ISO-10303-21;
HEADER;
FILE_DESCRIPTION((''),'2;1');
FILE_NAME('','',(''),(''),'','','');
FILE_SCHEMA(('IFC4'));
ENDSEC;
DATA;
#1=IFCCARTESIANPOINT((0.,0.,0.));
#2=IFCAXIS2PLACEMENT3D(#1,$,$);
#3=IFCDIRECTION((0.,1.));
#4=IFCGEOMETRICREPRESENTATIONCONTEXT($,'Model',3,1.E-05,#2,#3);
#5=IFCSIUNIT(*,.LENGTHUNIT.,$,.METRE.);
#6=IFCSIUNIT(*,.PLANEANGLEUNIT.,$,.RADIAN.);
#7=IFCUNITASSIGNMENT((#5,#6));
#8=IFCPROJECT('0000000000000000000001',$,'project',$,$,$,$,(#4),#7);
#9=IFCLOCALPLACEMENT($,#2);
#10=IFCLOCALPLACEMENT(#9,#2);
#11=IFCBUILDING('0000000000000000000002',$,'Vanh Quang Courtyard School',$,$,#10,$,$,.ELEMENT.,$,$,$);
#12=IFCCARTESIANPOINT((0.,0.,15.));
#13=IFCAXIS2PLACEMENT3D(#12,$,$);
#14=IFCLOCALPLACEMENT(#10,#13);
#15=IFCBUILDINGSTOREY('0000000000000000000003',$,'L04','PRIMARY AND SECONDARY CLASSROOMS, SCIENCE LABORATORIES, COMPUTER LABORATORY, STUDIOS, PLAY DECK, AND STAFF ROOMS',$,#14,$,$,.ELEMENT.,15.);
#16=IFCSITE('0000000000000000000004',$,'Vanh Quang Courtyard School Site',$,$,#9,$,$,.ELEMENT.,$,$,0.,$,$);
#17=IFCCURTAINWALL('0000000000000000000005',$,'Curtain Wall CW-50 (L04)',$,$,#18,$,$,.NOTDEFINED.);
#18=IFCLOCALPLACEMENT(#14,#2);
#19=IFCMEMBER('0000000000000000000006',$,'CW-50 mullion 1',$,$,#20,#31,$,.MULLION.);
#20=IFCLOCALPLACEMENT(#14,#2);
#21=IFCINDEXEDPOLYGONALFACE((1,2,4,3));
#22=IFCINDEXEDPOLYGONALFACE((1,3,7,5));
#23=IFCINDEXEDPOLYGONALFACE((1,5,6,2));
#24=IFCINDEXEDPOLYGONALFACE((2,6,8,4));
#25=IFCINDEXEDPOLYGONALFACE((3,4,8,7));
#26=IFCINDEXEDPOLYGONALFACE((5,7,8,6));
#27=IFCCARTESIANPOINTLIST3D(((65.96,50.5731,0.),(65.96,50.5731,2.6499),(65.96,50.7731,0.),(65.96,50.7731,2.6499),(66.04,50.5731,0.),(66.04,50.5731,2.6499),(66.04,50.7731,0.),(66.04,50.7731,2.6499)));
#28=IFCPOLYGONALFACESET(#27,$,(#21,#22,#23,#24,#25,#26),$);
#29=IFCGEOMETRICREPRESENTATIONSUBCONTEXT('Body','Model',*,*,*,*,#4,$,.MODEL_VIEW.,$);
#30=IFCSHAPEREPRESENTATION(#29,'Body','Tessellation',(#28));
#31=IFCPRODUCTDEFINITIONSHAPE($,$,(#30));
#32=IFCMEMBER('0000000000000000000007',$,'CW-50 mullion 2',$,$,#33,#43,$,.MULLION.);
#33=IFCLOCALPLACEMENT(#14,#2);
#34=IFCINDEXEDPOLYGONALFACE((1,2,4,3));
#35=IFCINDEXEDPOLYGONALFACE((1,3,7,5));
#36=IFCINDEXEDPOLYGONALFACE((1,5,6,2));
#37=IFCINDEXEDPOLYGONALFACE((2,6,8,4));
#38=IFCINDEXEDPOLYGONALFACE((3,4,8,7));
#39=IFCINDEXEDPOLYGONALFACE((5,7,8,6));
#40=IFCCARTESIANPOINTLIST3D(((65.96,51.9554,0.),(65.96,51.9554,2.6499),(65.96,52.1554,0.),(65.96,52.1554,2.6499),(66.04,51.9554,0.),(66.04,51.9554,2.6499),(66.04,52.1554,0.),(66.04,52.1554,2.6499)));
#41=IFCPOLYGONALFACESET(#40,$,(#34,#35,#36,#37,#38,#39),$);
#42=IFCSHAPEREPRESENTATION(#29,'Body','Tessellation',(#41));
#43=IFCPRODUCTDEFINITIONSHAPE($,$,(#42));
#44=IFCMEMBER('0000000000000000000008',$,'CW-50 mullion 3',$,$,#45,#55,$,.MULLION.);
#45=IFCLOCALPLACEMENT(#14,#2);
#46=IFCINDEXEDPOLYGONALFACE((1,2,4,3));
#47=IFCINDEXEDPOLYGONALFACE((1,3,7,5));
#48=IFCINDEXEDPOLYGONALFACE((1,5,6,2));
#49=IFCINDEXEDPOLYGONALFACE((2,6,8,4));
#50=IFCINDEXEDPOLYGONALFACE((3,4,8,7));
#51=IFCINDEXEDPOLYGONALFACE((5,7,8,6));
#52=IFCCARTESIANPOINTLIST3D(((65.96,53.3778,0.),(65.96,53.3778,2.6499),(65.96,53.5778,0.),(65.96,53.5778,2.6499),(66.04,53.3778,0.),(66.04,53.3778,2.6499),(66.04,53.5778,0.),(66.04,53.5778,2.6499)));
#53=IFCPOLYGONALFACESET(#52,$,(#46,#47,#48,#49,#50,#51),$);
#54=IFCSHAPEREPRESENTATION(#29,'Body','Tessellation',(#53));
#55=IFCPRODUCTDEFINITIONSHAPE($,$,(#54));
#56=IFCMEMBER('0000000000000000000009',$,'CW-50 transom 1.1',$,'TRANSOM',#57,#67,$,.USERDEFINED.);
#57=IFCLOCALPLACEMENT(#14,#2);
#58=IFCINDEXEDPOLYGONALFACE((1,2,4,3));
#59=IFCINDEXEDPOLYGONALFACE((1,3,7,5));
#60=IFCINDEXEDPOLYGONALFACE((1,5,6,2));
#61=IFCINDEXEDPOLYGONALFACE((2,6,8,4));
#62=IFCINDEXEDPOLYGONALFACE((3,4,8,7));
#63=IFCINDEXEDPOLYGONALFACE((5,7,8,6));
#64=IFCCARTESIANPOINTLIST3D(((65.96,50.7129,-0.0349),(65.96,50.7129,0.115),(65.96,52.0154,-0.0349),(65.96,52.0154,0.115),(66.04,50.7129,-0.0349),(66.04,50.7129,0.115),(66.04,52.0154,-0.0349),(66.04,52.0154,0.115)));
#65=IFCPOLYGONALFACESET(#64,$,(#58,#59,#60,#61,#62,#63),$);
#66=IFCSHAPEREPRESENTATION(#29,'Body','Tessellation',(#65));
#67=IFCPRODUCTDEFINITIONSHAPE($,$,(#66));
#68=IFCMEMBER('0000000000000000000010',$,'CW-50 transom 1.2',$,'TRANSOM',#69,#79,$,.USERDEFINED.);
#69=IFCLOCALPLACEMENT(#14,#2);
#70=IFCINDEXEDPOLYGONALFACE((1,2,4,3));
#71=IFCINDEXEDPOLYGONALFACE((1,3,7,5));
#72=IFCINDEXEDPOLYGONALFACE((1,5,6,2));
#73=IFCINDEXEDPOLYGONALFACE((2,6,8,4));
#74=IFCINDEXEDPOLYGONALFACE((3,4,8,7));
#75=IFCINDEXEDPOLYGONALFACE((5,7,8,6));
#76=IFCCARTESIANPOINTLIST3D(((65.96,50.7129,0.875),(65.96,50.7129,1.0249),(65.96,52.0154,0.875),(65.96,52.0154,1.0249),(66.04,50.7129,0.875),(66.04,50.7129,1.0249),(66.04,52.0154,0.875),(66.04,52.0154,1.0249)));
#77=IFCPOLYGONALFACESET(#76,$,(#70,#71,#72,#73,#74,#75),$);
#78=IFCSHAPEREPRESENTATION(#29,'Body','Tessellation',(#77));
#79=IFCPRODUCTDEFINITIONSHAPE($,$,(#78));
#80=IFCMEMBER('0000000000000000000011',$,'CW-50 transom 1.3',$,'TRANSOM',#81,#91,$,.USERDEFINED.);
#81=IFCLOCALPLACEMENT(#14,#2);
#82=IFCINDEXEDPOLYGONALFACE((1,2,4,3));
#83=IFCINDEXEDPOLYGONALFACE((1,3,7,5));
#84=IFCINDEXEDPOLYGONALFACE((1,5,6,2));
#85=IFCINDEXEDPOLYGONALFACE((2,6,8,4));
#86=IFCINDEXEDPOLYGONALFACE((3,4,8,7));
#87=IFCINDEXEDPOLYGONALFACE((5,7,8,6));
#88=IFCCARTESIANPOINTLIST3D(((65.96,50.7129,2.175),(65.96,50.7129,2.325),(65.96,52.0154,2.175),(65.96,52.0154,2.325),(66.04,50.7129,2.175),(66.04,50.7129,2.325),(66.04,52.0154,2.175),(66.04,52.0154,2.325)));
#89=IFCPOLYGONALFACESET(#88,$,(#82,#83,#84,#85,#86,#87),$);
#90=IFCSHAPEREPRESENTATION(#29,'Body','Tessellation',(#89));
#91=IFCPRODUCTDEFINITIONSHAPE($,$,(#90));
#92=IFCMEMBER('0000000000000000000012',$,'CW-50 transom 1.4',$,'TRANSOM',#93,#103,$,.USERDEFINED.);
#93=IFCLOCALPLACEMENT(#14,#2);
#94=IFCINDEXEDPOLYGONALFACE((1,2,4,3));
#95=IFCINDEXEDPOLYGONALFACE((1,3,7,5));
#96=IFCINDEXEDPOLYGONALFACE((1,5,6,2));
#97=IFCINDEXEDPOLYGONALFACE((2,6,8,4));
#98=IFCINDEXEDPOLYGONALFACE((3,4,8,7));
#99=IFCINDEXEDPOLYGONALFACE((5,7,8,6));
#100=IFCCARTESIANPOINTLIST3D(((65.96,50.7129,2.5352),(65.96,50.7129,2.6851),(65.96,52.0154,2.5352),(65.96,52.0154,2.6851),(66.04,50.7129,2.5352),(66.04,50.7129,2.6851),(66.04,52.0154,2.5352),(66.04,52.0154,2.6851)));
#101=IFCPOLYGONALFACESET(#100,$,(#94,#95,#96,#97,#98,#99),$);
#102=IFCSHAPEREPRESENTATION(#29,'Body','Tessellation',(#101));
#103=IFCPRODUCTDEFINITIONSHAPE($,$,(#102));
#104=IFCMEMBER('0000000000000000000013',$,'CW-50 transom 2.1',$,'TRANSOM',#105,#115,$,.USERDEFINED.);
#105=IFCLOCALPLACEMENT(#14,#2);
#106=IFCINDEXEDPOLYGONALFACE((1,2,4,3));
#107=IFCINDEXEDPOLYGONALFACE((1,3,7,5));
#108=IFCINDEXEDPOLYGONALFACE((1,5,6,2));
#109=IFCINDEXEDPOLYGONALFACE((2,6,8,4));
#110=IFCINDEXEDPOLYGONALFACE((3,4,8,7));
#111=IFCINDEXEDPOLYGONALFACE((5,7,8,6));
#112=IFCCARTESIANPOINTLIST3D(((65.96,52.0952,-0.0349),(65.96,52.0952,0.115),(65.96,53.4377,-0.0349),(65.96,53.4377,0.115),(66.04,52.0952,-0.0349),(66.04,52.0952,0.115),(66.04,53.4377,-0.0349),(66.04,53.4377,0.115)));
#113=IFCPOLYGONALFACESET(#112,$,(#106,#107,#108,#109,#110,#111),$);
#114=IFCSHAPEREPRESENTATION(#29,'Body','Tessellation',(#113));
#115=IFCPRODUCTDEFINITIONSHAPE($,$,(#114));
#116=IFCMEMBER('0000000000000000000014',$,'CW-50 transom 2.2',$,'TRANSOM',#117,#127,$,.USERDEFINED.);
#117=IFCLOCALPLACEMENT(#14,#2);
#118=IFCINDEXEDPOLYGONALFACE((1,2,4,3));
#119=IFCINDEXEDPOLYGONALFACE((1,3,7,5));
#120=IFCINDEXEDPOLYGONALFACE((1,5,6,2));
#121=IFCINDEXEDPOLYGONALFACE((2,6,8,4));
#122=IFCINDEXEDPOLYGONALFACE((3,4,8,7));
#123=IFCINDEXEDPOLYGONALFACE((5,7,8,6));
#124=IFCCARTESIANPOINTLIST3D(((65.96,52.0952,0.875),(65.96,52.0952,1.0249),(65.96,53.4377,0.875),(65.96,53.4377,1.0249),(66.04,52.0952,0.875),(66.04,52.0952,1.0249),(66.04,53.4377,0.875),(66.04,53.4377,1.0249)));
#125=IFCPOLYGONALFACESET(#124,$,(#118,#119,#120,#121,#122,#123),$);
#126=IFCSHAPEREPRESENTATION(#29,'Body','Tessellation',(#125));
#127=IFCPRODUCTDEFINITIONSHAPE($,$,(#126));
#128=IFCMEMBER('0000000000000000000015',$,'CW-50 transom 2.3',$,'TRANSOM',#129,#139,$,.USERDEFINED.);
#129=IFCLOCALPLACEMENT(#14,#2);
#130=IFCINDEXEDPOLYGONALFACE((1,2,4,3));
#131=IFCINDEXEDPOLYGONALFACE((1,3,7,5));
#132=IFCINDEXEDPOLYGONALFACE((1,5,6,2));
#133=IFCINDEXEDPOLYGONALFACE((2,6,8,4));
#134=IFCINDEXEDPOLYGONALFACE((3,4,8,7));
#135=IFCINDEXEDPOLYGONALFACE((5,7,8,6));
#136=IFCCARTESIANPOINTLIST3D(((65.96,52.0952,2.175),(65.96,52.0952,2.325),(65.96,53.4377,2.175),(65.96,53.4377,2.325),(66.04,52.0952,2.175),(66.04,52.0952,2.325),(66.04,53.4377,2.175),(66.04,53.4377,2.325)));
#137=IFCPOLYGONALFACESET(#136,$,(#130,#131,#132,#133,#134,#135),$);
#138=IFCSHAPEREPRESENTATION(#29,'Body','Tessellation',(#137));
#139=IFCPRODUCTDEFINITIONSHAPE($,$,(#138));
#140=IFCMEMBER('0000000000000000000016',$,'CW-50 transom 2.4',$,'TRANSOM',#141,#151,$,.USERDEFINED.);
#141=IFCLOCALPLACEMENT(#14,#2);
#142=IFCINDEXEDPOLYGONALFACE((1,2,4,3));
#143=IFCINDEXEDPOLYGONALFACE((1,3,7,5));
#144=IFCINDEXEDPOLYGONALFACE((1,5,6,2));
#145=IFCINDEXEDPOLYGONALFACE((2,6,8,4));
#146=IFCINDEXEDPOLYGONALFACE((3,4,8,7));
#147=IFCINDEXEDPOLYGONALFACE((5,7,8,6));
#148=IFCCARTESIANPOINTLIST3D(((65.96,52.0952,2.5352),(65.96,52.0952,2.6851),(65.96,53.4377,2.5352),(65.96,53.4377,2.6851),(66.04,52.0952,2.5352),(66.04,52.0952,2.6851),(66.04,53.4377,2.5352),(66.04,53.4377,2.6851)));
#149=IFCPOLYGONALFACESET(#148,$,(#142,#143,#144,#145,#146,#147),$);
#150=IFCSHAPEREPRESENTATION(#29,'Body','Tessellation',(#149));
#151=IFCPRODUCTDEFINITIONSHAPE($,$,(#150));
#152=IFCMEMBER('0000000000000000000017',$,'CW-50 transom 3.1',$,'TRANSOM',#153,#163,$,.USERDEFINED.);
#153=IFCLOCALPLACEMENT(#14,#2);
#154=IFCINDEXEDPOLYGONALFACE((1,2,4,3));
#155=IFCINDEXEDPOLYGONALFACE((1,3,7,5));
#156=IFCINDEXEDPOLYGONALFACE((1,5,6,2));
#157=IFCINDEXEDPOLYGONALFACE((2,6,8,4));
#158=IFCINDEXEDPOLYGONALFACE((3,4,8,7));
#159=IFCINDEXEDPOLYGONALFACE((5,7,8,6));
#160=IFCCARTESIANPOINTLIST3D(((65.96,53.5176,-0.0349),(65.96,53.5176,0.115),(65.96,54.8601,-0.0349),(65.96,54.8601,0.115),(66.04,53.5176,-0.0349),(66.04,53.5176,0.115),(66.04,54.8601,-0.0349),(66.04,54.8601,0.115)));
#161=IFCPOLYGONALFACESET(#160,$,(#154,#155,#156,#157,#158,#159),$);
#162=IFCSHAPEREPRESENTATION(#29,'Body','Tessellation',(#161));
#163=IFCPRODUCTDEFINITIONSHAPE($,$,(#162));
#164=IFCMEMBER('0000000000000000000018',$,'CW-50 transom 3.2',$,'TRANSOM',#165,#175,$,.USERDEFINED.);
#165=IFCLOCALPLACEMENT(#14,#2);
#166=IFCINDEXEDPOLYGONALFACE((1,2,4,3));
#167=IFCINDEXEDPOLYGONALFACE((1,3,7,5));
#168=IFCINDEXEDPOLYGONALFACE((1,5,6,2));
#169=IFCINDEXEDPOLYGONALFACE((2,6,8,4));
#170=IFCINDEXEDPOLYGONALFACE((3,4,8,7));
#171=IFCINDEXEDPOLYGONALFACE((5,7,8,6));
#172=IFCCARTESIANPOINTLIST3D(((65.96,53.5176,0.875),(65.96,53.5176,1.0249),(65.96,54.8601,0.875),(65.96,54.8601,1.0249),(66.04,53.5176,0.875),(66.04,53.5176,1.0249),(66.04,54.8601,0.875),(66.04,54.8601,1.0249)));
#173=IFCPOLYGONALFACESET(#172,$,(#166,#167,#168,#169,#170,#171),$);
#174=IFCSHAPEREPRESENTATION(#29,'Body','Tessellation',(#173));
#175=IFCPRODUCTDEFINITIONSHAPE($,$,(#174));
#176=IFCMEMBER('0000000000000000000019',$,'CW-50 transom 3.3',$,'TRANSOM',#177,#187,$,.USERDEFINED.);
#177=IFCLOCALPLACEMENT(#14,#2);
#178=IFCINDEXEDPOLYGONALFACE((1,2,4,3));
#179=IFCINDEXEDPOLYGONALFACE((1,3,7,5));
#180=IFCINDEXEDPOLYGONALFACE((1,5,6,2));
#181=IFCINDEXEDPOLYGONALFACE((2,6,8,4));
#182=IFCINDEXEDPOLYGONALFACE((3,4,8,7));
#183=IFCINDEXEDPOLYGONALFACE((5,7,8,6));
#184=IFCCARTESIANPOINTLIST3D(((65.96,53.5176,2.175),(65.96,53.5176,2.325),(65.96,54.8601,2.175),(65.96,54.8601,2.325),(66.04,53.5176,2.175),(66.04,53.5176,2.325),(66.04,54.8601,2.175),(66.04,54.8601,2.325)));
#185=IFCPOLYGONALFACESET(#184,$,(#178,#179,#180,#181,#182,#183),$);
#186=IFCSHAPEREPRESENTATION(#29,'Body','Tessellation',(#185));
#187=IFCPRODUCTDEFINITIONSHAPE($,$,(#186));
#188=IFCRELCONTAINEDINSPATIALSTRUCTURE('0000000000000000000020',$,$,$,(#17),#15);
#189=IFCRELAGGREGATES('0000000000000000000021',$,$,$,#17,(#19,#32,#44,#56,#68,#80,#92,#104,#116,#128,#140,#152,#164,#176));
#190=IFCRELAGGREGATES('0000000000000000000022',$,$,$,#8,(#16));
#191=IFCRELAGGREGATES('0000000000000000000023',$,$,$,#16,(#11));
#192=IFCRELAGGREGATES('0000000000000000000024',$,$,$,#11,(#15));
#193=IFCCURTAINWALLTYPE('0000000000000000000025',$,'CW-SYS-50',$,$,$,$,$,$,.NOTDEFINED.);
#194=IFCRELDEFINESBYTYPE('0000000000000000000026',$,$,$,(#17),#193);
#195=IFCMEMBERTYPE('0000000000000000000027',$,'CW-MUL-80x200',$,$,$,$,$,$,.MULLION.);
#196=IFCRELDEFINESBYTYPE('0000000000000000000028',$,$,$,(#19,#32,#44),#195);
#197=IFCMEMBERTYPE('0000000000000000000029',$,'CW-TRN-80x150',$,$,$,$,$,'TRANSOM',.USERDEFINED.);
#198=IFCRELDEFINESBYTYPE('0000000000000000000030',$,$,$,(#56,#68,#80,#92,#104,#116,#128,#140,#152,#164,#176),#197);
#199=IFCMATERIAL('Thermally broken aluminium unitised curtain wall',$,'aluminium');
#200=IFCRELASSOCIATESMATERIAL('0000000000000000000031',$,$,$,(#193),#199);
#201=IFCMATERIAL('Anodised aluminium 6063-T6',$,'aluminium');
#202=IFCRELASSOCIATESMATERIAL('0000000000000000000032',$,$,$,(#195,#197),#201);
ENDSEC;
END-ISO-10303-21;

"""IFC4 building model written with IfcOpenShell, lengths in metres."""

from ifc_helpers import new_model, si_unit, direction, frame, origin, origin_2d, place, context, subcontext, project, spatial, rectangle, extrude, material, material_profile, profile_set, type_object, element, aggregate, save


model = new_model("IFC4")

# Units and contexts
model_context = context("Model", 3, precision=1e-05, world=origin(), true_north=direction((0.0, 1.0)))
body_context = subcontext(model_context, "Body", "Model", "MODEL_VIEW")
ifc_project = project(units=[si_unit("LENGTHUNIT", "METRE"), si_unit("PLANEANGLEUNIT", "RADIAN")], contexts=[model_context])

# Site, building, storey
site_placement = place(None, origin())
site = spatial("IfcSite", under=ifc_project, at=site_placement, Name="Vanh Quang Courtyard School Site", CompositionType="ELEMENT", RefElevation=0.0)
building_placement = place(site_placement, origin())
building = spatial("IfcBuilding", under=site, at=building_placement, Name="Vanh Quang Courtyard School", CompositionType="ELEMENT")
storey_placement = place(building_placement, frame((0.0, 0.0, 15.0)))
storey = spatial("IfcBuildingStorey", under=building, at=storey_placement, Name="L04", Description="PRIMARY AND SECONDARY CLASSROOMS, SCIENCE LABORATORIES, COMPUTER LABORATORY, STUDIOS, PLAY DECK, AND STAFF ROOMS", CompositionType="ELEMENT", Elevation=15.0)

# Curtain wall, members
ifc_material_1 = material(Name="Thermally broken aluminium unitised curtain wall", Category="aluminium")
curtain_wall_type = type_object("IfcCurtainWallType", Name="CW-SYS-50", PredefinedType="NOTDEFINED", material=ifc_material_1)
curtain_wall_placement = place(storey_placement, origin())
curtain_wall = element("IfcCurtainWall", 1, at=curtain_wall_placement, inside=storey, type_object=curtain_wall_type, Name="Curtain Wall CW-50 (L04)", PredefinedType="NOTDEFINED")
ifc_material_2 = material(Name="Anodised aluminium 6063-T6", Category="aluminium")
ifc_material_profile_1 = material_profile(ifc_material_2, rectangle(XDim=0.0801, YDim=0.2, at=origin_2d()), Name="ALU-MUL 80x200")
ifc_profile_set_1 = profile_set([ifc_material_profile_1], Name="Anodised aluminium 6063-T6")
member_type_1 = type_object("IfcMemberType", Name="CW-MUL-80x200", PredefinedType="MULLION", material=ifc_profile_set_1)
member_1_placement = place(storey_placement, frame((66.0, 50.6731, 0.0), z_axis=(0.0, 0.0, 1.0), x_axis=(-1.0, 0.0, 0.0)))
member_1 = element("IfcMember", 2, at=member_1_placement, type_object=member_type_1, Name="CW-50 mullion 1", PredefinedType="MULLION", context=body_context, shape_type="SweptSolid", body=[
    extrude(rectangle(XDim=0.0801, YDim=0.2, at=origin_2d()), origin(), (0.0, 0.0, 1.0), 2.6499),
])
member_2_placement = place(storey_placement, frame((66.0, 52.0554, 0.0), z_axis=(0.0, 0.0, 1.0), x_axis=(-1.0, 0.0, 0.0)))
member_2 = element("IfcMember", 3, at=member_2_placement, type_object=member_type_1, Name="CW-50 mullion 2", PredefinedType="MULLION", context=body_context, shape_type="SweptSolid", body=[
    extrude(rectangle(XDim=0.0801, YDim=0.2, at=origin_2d()), origin(), (0.0, 0.0, 1.0), 2.6499),
])
member_3_placement = place(storey_placement, frame((66.0, 53.4778, 0.0), z_axis=(0.0, 0.0, 1.0), x_axis=(-1.0, 0.0, 0.0)))
member_3 = element("IfcMember", 4, at=member_3_placement, type_object=member_type_1, Name="CW-50 mullion 3", PredefinedType="MULLION", context=body_context, shape_type="SweptSolid", body=[
    extrude(rectangle(XDim=0.0801, YDim=0.2, at=origin_2d()), origin(), (0.0, 0.0, 1.0), 2.6499),
])
ifc_material_profile_2 = material_profile(ifc_material_2, rectangle(XDim=0.0801, YDim=0.1499, at=origin_2d()), Name="ALU-TRN 80x150")
ifc_profile_set_2 = profile_set([ifc_material_profile_2], Name="Anodised aluminium 6063-T6")
member_type_2 = type_object("IfcMemberType", Name="CW-TRN-80x150", ElementType="TRANSOM", PredefinedType="USERDEFINED", material=ifc_profile_set_2)
member_4_placement = place(storey_placement, frame((66.0, 50.7129, 0.04), z_axis=(0.0, 1.0, 0.0), x_axis=(-1.0, 0.0, 0.0)))
member_4 = element("IfcMember", 5, at=member_4_placement, type_object=member_type_2, Name="CW-50 transom 1.1", ObjectType="TRANSOM", PredefinedType="USERDEFINED", context=body_context, shape_type="SweptSolid", body=[
    extrude(rectangle(XDim=0.0801, YDim=0.1499, at=origin_2d()), origin(), (0.0, 0.0, 1.0), 1.3025),
])
member_5_placement = place(storey_placement, frame((66.0, 50.7129, 0.95), z_axis=(0.0, 1.0, 0.0), x_axis=(-1.0, 0.0, 0.0)))
member_5 = element("IfcMember", 6, at=member_5_placement, type_object=member_type_2, Name="CW-50 transom 1.2", ObjectType="TRANSOM", PredefinedType="USERDEFINED", context=body_context, shape_type="SweptSolid", body=[
    extrude(rectangle(XDim=0.0801, YDim=0.1499, at=origin_2d()), origin(), (0.0, 0.0, 1.0), 1.3025),
])
member_6_placement = place(storey_placement, frame((66.0, 50.7129, 2.25), z_axis=(0.0, 1.0, 0.0), x_axis=(-1.0, 0.0, 0.0)))
member_6 = element("IfcMember", 7, at=member_6_placement, type_object=member_type_2, Name="CW-50 transom 1.3", ObjectType="TRANSOM", PredefinedType="USERDEFINED", context=body_context, shape_type="SweptSolid", body=[
    extrude(rectangle(XDim=0.0801, YDim=0.1499, at=origin_2d()), origin(), (0.0, 0.0, 1.0), 1.3025),
])
member_7_placement = place(storey_placement, frame((66.0, 50.7129, 2.6101), z_axis=(0.0, 1.0, 0.0), x_axis=(-1.0, 0.0, 0.0)))
member_7 = element("IfcMember", 8, at=member_7_placement, type_object=member_type_2, Name="CW-50 transom 1.4", ObjectType="TRANSOM", PredefinedType="USERDEFINED", context=body_context, shape_type="SweptSolid", body=[
    extrude(rectangle(XDim=0.0801, YDim=0.1499, at=origin_2d()), origin(), (0.0, 0.0, 1.0), 1.3025),
])
member_8_placement = place(storey_placement, frame((66.0, 52.0952, 0.04), z_axis=(0.0, 1.0, 0.0), x_axis=(-1.0, 0.0, 0.0)))
member_8 = element("IfcMember", 9, at=member_8_placement, type_object=member_type_2, Name="CW-50 transom 2.1", ObjectType="TRANSOM", PredefinedType="USERDEFINED", context=body_context, shape_type="SweptSolid", body=[
    extrude(rectangle(XDim=0.0801, YDim=0.1499, at=origin_2d()), origin(), (0.0, 0.0, 1.0), 1.3425),
])
member_9_placement = place(storey_placement, frame((66.0, 52.0952, 0.95), z_axis=(0.0, 1.0, 0.0), x_axis=(-1.0, 0.0, 0.0)))
member_9 = element("IfcMember", 10, at=member_9_placement, type_object=member_type_2, Name="CW-50 transom 2.2", ObjectType="TRANSOM", PredefinedType="USERDEFINED", context=body_context, shape_type="SweptSolid", body=[
    extrude(rectangle(XDim=0.0801, YDim=0.1499, at=origin_2d()), origin(), (0.0, 0.0, 1.0), 1.3425),
])
member_10_placement = place(storey_placement, frame((66.0, 52.0952, 2.25), z_axis=(0.0, 1.0, 0.0), x_axis=(-1.0, 0.0, 0.0)))
member_10 = element("IfcMember", 11, at=member_10_placement, type_object=member_type_2, Name="CW-50 transom 2.3", ObjectType="TRANSOM", PredefinedType="USERDEFINED", context=body_context, shape_type="SweptSolid", body=[
    extrude(rectangle(XDim=0.0801, YDim=0.1499, at=origin_2d()), origin(), (0.0, 0.0, 1.0), 1.3425),
])
member_11_placement = place(storey_placement, frame((66.0, 52.0952, 2.6101), z_axis=(0.0, 1.0, 0.0), x_axis=(-1.0, 0.0, 0.0)))
member_11 = element("IfcMember", 12, at=member_11_placement, type_object=member_type_2, Name="CW-50 transom 2.4", ObjectType="TRANSOM", PredefinedType="USERDEFINED", context=body_context, shape_type="SweptSolid", body=[
    extrude(rectangle(XDim=0.0801, YDim=0.1499, at=origin_2d()), origin(), (0.0, 0.0, 1.0), 1.3425),
])
member_12_placement = place(storey_placement, frame((66.0, 53.5176, 0.04), z_axis=(0.0, 1.0, 0.0), x_axis=(-1.0, 0.0, 0.0)))
member_12 = element("IfcMember", 13, at=member_12_placement, type_object=member_type_2, Name="CW-50 transom 3.1", ObjectType="TRANSOM", PredefinedType="USERDEFINED", context=body_context, shape_type="SweptSolid", body=[
    extrude(rectangle(XDim=0.0801, YDim=0.1499, at=origin_2d()), origin(), (0.0, 0.0, 1.0), 1.3425),
])
member_13_placement = place(storey_placement, frame((66.0, 53.5176, 0.95), z_axis=(0.0, 1.0, 0.0), x_axis=(-1.0, 0.0, 0.0)))
member_13 = element("IfcMember", 14, at=member_13_placement, type_object=member_type_2, Name="CW-50 transom 3.2", ObjectType="TRANSOM", PredefinedType="USERDEFINED", context=body_context, shape_type="SweptSolid", body=[
    extrude(rectangle(XDim=0.0801, YDim=0.1499, at=origin_2d()), origin(), (0.0, 0.0, 1.0), 1.3425),
])
member_14_placement = place(storey_placement, frame((66.0, 53.5176, 2.25), z_axis=(0.0, 1.0, 0.0), x_axis=(-1.0, 0.0, 0.0)))
member_14 = element("IfcMember", 15, at=member_14_placement, type_object=member_type_2, Name="CW-50 transom 3.3", ObjectType="TRANSOM", PredefinedType="USERDEFINED", context=body_context, shape_type="SweptSolid", body=[
    extrude(rectangle(XDim=0.0801, YDim=0.1499, at=origin_2d()), origin(), (0.0, 0.0, 1.0), 1.3425),
])
aggregate(curtain_wall, [member_1, member_2, member_3, member_4, member_5, member_6, member_7, member_8, member_9, member_10, member_11, member_12, member_13, member_14])

save(model, "model.ifc")
